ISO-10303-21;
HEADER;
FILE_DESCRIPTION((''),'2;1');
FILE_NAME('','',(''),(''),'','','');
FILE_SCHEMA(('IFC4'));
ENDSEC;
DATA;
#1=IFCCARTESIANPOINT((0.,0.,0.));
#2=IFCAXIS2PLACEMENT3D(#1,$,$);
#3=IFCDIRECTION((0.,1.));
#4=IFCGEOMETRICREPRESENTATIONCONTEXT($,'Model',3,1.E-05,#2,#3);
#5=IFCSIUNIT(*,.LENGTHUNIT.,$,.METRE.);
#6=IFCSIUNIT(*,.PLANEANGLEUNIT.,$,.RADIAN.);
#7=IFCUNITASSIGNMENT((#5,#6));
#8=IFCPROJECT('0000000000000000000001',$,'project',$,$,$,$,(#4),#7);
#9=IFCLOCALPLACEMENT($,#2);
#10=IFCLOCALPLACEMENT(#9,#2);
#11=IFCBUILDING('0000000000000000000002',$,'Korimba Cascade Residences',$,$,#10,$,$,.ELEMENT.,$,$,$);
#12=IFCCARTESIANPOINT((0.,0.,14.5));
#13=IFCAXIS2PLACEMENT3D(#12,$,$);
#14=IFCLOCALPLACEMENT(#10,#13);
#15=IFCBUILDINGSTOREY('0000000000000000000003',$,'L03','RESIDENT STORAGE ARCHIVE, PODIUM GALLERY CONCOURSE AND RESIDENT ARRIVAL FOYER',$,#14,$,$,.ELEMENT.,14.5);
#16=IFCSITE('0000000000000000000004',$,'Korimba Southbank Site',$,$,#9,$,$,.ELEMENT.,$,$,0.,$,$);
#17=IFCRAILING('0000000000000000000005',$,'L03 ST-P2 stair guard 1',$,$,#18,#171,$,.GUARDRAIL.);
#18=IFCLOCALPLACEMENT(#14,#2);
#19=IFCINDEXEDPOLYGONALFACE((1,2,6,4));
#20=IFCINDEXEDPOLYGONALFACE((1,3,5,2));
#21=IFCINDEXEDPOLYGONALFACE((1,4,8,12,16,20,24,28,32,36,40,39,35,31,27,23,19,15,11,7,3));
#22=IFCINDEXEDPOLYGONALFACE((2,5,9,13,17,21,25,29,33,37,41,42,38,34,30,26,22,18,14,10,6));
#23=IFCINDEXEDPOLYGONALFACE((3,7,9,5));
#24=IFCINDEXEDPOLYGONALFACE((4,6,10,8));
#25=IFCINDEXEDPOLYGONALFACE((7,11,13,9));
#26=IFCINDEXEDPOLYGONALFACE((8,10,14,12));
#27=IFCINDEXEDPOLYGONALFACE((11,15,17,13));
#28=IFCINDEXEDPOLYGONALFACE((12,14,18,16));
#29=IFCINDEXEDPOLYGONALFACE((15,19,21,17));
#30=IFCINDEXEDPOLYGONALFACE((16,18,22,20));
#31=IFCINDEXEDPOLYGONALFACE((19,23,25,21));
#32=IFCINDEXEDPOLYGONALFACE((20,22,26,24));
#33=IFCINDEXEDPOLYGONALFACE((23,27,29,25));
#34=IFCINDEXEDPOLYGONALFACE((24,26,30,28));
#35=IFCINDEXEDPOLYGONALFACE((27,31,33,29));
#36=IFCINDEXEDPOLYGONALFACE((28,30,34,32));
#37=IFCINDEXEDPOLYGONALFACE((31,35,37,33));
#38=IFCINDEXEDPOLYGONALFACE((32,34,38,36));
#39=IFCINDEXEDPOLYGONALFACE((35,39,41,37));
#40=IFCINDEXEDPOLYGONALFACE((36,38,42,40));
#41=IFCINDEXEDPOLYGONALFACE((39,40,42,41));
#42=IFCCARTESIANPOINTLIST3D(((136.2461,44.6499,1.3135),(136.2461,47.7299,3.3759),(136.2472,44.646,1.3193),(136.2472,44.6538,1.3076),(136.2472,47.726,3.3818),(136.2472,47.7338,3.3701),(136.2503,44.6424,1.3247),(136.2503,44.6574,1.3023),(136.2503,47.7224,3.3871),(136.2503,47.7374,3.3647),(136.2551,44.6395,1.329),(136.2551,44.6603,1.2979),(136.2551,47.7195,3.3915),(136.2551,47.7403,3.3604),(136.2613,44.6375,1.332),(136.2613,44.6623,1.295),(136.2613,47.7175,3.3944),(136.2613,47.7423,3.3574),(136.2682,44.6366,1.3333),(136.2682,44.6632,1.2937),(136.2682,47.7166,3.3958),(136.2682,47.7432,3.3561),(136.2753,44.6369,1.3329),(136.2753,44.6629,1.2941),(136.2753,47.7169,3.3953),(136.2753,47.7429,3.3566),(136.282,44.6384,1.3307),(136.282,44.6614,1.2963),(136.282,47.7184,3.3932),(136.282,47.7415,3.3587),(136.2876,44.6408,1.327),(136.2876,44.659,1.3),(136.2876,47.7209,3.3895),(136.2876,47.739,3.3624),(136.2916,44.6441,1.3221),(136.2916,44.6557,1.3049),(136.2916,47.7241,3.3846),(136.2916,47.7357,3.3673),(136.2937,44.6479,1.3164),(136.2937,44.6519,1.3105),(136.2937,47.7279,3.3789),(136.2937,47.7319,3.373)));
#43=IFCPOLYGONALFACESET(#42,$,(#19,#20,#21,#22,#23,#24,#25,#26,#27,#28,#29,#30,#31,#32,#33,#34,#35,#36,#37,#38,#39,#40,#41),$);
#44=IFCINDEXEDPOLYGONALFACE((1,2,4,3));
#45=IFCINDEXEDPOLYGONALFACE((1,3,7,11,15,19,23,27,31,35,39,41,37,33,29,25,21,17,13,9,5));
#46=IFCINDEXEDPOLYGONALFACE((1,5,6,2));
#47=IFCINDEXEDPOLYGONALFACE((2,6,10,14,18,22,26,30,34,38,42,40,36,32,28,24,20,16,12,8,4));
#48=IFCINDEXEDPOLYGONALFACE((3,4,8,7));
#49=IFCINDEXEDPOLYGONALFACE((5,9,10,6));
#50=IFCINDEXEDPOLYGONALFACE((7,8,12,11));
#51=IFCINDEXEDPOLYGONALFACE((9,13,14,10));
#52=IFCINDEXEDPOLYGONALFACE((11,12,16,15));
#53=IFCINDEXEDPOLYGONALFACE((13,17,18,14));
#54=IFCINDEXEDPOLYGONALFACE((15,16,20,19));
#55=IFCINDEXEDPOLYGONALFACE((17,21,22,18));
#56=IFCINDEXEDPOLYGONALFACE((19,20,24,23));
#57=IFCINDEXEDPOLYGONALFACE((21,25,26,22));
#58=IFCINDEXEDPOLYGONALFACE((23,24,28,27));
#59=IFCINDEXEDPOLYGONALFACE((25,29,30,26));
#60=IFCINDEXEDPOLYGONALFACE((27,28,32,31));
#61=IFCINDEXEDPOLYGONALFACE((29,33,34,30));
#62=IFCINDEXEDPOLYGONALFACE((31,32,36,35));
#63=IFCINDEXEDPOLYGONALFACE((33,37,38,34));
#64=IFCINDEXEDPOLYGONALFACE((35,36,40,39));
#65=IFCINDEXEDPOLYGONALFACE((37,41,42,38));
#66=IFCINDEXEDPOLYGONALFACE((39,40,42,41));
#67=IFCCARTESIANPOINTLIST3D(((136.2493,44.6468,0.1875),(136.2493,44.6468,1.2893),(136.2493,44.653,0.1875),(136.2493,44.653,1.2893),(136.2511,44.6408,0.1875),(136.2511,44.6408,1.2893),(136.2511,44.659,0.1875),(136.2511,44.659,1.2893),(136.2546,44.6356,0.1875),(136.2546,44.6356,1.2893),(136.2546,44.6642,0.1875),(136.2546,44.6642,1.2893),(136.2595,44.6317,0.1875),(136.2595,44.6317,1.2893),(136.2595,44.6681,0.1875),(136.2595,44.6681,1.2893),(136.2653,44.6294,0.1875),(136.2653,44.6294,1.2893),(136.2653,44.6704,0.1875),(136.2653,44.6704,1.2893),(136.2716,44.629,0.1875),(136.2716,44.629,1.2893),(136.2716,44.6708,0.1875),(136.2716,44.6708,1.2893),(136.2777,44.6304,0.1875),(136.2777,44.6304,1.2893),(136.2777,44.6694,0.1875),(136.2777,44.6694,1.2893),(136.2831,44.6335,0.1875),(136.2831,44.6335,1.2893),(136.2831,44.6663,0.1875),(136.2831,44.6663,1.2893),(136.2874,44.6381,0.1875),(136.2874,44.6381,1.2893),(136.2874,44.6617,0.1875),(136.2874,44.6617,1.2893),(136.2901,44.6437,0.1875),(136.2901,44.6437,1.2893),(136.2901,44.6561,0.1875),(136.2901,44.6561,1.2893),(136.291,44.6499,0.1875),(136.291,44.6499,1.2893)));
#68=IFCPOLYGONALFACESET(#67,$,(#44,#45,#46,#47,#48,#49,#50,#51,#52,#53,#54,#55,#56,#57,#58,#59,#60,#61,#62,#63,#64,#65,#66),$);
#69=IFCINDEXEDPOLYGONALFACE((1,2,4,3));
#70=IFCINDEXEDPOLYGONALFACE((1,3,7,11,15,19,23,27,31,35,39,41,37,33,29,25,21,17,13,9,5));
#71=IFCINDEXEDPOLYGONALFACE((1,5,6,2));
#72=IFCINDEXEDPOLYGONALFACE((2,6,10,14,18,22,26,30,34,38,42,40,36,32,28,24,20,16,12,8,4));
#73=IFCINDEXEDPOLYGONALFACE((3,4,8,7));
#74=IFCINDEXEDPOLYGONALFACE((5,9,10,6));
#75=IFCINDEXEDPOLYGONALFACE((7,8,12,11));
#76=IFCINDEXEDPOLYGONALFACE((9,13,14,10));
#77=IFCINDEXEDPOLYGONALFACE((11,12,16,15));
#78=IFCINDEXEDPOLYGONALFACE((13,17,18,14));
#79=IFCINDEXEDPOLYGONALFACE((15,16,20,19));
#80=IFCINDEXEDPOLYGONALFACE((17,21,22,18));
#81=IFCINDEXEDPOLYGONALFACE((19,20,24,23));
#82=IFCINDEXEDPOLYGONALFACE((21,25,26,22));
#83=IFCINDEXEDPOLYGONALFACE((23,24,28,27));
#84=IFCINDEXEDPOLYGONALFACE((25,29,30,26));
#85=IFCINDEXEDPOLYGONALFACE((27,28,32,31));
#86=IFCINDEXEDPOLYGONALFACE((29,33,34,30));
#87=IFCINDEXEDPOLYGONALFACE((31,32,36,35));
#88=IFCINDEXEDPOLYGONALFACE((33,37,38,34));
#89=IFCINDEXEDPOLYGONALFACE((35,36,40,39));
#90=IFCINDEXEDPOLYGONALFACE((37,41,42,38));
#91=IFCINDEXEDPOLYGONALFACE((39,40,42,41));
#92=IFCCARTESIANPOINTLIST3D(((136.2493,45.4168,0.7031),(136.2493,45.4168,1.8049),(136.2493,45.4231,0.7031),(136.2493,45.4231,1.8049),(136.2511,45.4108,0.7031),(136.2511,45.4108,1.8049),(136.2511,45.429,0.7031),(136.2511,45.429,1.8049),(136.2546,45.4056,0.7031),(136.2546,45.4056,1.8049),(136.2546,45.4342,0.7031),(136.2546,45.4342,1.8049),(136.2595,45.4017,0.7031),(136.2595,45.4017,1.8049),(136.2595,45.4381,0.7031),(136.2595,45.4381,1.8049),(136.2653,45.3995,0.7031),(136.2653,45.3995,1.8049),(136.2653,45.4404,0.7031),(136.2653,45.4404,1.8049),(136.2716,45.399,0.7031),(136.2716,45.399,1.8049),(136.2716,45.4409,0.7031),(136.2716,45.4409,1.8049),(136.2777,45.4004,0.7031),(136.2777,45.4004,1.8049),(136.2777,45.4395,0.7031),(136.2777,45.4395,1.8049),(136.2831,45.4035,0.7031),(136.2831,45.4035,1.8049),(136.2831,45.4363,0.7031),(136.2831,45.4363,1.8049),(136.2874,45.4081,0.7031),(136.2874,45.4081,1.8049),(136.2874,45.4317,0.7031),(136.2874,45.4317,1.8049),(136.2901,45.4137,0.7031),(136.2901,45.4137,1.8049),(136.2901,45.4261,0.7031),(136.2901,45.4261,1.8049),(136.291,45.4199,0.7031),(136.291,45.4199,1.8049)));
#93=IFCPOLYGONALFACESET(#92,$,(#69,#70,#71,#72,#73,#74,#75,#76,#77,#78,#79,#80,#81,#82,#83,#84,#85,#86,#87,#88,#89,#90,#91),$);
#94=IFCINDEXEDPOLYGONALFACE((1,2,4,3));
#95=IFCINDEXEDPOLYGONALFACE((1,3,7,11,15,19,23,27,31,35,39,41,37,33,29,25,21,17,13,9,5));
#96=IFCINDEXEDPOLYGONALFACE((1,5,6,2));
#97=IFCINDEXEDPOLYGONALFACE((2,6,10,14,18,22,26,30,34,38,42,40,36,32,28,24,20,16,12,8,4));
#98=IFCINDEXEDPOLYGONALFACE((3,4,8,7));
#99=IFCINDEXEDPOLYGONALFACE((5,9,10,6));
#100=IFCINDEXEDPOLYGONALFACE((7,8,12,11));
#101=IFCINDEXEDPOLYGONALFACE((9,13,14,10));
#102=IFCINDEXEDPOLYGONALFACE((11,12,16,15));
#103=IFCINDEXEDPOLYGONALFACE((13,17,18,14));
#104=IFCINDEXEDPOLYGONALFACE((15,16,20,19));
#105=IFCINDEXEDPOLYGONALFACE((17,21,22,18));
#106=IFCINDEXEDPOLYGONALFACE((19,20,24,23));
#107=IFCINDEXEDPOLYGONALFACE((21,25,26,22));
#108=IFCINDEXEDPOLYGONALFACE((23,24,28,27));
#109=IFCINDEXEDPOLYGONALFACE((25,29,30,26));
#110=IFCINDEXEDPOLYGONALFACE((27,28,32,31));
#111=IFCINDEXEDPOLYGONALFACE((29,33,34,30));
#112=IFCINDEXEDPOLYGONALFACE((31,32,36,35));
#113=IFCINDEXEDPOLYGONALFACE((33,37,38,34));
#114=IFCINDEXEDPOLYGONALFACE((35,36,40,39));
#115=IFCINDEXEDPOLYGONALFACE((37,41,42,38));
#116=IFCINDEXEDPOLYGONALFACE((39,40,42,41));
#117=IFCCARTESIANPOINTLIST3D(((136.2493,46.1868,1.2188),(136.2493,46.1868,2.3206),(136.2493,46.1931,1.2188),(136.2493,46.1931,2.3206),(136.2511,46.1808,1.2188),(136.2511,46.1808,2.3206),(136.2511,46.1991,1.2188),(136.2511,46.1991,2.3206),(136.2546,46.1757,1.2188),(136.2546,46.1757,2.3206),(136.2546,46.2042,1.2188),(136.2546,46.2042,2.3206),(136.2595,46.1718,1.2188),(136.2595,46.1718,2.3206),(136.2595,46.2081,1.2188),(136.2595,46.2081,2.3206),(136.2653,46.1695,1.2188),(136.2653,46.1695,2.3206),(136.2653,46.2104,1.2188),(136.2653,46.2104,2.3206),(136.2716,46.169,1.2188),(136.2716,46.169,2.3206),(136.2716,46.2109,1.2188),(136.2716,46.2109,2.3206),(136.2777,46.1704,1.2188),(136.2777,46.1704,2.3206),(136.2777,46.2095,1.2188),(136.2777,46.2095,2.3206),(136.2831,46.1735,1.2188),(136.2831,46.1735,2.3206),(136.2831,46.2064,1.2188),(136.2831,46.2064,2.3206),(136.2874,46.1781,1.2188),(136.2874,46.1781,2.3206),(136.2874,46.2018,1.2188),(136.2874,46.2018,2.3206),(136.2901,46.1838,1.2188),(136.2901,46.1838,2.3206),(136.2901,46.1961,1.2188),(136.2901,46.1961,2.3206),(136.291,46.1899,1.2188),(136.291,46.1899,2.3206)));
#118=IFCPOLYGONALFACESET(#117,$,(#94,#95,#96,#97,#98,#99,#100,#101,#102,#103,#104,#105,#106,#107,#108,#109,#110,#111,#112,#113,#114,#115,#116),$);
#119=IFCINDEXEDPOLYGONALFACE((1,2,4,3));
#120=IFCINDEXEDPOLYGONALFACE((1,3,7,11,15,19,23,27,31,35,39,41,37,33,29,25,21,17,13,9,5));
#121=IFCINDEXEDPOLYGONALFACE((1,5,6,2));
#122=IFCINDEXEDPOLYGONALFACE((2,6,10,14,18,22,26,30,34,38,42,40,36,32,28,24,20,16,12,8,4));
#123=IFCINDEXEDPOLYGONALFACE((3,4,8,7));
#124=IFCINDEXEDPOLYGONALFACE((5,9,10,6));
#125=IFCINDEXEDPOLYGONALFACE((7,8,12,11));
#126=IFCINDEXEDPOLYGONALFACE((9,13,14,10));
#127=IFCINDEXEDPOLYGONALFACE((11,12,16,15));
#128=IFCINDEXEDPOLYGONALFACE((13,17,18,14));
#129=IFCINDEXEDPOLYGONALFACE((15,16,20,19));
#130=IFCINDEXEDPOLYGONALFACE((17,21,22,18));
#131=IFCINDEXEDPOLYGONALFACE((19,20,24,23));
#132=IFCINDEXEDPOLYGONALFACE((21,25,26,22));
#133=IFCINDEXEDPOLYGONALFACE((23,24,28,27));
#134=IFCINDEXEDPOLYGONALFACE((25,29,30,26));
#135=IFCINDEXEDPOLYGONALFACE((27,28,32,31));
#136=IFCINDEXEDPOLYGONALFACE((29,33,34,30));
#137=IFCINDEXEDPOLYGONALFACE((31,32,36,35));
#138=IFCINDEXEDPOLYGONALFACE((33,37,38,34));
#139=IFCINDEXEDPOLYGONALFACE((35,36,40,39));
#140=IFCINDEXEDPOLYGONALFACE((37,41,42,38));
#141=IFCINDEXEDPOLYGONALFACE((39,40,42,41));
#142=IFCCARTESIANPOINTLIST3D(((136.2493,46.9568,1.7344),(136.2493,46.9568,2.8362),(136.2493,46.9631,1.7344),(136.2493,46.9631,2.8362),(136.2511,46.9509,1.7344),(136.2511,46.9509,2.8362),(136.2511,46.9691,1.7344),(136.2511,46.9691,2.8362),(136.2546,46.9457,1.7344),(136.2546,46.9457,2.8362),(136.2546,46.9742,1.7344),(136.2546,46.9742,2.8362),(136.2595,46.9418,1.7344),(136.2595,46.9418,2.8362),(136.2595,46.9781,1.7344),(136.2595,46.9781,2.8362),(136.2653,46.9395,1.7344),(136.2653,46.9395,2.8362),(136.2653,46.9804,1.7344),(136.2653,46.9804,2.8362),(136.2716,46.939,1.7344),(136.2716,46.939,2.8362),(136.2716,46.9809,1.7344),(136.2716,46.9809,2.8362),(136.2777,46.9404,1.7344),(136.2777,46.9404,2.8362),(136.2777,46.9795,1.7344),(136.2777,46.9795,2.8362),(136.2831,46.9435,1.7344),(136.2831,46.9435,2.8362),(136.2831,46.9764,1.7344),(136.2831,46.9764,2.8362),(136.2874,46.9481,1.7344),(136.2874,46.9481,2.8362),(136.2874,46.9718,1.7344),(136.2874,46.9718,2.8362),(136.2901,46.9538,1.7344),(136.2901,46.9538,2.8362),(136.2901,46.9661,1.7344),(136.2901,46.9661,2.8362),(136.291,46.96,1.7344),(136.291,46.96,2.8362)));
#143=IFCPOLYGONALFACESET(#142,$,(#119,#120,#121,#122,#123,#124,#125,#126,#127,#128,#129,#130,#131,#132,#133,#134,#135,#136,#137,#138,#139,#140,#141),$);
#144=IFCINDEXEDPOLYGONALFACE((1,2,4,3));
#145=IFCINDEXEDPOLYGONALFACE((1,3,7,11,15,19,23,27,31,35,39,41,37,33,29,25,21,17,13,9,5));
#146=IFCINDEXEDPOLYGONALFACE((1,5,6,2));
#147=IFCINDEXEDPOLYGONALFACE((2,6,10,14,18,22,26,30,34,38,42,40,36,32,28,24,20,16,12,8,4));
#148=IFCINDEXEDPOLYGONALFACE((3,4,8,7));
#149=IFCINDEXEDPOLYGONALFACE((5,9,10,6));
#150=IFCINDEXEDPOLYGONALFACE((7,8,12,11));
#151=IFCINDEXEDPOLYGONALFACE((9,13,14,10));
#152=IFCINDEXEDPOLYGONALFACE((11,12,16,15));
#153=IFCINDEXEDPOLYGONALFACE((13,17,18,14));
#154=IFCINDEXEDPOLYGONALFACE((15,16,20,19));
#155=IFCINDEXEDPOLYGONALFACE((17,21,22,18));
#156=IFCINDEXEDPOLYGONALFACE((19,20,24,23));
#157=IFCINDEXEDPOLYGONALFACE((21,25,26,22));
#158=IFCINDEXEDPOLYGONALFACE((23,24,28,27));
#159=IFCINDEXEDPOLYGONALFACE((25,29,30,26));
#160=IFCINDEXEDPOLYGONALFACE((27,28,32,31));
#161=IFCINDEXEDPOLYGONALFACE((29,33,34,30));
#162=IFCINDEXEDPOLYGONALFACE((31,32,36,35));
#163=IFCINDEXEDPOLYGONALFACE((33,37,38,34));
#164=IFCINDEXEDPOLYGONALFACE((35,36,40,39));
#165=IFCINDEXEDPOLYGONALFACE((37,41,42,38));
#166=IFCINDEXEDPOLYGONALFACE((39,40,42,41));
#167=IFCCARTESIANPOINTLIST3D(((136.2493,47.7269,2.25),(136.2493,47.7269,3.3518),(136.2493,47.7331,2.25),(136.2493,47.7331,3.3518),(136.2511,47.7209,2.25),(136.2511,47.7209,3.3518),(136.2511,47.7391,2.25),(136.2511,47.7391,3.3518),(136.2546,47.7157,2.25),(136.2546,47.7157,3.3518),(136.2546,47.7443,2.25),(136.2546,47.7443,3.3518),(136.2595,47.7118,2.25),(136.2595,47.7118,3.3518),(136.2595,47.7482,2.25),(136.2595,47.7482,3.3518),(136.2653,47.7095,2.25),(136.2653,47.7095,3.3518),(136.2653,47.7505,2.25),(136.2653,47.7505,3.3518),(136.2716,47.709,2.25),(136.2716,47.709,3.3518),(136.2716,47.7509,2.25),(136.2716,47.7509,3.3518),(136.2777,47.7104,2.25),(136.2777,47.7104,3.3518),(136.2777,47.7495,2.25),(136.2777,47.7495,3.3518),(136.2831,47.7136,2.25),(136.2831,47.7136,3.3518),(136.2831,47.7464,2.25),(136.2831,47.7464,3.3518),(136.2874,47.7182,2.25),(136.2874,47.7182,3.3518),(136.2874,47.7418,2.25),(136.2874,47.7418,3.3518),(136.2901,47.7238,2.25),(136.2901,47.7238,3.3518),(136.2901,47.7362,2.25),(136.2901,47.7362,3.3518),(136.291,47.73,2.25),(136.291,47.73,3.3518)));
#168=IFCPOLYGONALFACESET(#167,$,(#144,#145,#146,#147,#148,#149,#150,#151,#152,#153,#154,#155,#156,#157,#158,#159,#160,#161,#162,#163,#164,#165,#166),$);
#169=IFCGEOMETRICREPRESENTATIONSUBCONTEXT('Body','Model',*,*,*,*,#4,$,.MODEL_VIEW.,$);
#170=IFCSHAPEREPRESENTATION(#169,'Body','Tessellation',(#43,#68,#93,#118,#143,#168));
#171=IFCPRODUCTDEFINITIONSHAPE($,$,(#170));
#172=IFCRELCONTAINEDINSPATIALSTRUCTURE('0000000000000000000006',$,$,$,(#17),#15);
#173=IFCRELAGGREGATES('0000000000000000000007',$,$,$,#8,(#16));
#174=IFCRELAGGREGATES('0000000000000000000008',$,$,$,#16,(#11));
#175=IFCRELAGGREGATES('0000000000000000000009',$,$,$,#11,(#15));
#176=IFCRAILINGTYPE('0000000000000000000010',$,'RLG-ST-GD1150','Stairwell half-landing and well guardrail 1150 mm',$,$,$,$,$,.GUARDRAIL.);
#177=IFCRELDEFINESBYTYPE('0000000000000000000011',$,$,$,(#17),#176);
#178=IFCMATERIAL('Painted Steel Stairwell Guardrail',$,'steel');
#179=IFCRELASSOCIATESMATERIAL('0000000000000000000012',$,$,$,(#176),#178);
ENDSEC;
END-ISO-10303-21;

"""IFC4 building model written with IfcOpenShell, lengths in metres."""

from ifc_helpers import new_model, si_unit, direction, frame, origin, origin_2d, place, context, subcontext, project, spatial, circle, extrude, material, type_object, element, save


model = new_model("IFC4")

# Units and contexts
model_context = context("Model", 3, precision=1e-05, world=origin(), true_north=direction((0.0, 1.0)))
body_context = subcontext(model_context, "Body", "Model", "MODEL_VIEW")
ifc_project = project(units=[si_unit("LENGTHUNIT", "METRE"), si_unit("PLANEANGLEUNIT", "RADIAN")], contexts=[model_context])

# Site, building, storey
site_placement = place(None, origin())
site = spatial("IfcSite", under=ifc_project, at=site_placement, Name="Korimba Southbank Site", CompositionType="ELEMENT", RefElevation=0.0)
building_placement = place(site_placement, origin())
building = spatial("IfcBuilding", under=site, at=building_placement, Name="Korimba Cascade Residences", CompositionType="ELEMENT")
storey_placement = place(building_placement, frame((0.0, 0.0, 14.5)))
storey = spatial("IfcBuildingStorey", under=building, at=storey_placement, Name="L03", Description="RESIDENT STORAGE ARCHIVE, PODIUM GALLERY CONCOURSE AND RESIDENT ARRIVAL FOYER", CompositionType="ELEMENT", Elevation=14.5)

# Railing
ifc_material_1 = material(Name="Painted Steel Stairwell Guardrail", Category="steel")
railing_type_1 = type_object("IfcRailingType", Name="RLG-ST-GD1150", Description="Stairwell half-landing and well guardrail 1150 mm", PredefinedType="GUARDRAIL", material=ifc_material_1)
railing_1_placement = place(storey_placement, frame((136.27, 44.6499, 0.1875)))
element("IfcRailing", 1, at=railing_1_placement, inside=storey, type_object=railing_type_1, Name="L03 ST-P2 stair guard 1", PredefinedType="GUARDRAIL", context=body_context, shape_type="SweptSolid", body=[
    extrude(circle(Radius=0.0239, at=origin_2d()), frame((0.0, 0.0, 1.126), z_axis=(0.0, 0.830914, 0.556401), x_axis=(-1.0, 0.0, 0.0)), (0.0, 0.0, 1.0), 3.7068),
    extrude(circle(Radius=0.021, at=origin_2d()), origin(), (0.0, 0.0, 1.0), 1.1018),
    extrude(circle(Radius=0.021, at=origin_2d()), frame((0.0, 0.77, 0.5156)), (0.0, 0.0, 1.0), 1.1018),
    extrude(circle(Radius=0.021, at=origin_2d()), frame((0.0, 1.54, 1.0312)), (0.0, 0.0, 1.0), 1.1018),
    extrude(circle(Radius=0.021, at=origin_2d()), frame((0.0, 2.3101, 1.5469)), (0.0, 0.0, 1.0), 1.1018),
    extrude(circle(Radius=0.021, at=origin_2d()), frame((0.0, 3.0801, 2.0625)), (0.0, 0.0, 1.0), 1.1018),
])

save(model, "model.ifc")
